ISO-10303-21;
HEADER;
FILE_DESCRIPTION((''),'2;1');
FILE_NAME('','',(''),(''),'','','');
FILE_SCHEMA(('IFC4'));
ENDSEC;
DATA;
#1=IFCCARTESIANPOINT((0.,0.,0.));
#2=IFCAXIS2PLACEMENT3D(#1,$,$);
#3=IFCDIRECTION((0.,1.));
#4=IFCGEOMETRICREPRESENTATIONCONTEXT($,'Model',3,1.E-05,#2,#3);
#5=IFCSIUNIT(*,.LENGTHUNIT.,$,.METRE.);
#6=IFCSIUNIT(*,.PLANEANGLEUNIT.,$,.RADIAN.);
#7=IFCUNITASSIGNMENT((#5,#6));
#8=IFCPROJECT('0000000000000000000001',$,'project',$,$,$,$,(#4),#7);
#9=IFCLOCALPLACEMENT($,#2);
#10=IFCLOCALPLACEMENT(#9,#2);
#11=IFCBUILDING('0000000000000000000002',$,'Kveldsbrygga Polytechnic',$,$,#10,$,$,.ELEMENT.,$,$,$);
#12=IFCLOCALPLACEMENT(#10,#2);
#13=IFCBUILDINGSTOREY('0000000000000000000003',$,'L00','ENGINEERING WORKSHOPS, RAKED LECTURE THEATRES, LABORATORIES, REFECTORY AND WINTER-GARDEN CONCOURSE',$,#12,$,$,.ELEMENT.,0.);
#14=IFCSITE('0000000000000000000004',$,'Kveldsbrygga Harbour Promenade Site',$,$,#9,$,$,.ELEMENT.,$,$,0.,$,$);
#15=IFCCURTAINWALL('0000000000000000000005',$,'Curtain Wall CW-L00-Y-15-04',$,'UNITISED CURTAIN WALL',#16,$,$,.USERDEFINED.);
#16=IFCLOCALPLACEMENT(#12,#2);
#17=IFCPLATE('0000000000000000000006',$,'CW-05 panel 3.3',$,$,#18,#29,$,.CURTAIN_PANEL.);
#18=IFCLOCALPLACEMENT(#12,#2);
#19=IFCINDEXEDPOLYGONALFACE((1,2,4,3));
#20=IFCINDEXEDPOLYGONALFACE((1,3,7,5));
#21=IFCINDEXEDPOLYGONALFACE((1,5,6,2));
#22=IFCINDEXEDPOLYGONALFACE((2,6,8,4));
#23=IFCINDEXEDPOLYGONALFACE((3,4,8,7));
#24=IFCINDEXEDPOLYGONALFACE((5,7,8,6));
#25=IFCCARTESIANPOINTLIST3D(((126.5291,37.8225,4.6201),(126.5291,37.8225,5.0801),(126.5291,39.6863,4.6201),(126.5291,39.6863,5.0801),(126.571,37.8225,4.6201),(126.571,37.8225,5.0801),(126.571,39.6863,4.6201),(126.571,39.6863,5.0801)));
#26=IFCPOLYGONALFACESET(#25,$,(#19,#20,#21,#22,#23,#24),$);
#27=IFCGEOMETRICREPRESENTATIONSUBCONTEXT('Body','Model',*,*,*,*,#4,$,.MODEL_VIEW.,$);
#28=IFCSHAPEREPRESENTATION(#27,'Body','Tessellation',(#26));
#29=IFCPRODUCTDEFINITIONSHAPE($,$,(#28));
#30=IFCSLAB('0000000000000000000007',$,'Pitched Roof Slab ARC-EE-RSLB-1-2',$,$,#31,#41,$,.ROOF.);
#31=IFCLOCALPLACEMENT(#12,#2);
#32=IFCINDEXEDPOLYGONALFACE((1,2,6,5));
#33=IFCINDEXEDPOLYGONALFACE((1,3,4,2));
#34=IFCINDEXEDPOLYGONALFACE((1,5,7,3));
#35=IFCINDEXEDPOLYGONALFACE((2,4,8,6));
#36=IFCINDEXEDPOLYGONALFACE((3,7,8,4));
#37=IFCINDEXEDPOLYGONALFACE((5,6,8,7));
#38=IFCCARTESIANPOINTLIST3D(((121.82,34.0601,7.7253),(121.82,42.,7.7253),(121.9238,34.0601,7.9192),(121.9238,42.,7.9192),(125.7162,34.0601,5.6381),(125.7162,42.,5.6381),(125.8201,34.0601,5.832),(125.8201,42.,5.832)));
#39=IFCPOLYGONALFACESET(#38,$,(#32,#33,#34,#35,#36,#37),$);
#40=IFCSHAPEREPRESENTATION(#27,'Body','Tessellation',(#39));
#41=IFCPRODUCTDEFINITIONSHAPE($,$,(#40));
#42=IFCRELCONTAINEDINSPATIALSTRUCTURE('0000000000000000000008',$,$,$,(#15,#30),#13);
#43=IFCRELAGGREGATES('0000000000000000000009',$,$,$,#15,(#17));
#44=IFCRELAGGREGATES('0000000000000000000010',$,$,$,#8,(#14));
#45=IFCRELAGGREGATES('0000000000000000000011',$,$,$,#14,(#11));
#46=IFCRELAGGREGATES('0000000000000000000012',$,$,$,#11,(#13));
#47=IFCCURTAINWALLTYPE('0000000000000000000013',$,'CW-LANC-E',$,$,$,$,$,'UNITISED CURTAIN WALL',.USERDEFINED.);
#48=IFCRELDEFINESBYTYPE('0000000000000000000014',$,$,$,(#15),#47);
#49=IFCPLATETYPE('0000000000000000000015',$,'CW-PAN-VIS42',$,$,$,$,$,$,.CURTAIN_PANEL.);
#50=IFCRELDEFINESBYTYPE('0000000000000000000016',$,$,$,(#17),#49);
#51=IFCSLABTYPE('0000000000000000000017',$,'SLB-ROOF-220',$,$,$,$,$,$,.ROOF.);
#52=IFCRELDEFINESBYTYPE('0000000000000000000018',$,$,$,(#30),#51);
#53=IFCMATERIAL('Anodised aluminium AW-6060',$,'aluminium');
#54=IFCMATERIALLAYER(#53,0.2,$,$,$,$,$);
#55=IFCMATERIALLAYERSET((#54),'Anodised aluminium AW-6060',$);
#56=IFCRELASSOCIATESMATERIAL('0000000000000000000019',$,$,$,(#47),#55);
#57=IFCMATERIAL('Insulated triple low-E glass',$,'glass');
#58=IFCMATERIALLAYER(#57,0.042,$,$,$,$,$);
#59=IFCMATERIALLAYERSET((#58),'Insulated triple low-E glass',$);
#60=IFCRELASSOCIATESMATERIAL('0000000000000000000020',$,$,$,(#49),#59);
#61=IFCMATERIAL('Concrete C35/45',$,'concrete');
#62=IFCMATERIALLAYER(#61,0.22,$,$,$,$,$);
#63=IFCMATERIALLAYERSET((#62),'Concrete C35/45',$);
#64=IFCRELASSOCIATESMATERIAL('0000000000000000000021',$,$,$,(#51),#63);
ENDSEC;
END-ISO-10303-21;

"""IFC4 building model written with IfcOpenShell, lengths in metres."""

from ifc_helpers import new_model, si_unit, direction, frame, origin, origin_2d, place, context, subcontext, project, spatial, polyline, rectangle, outline, extrude, material, layer, layer_set, type_object, element, aggregate, save


model = new_model("IFC4")

# Units and contexts
model_context = context("Model", 3, precision=1e-05, world=origin(), true_north=direction((0.0, 1.0)))
body_context = subcontext(model_context, "Body", "Model", "MODEL_VIEW")
ifc_project = project(units=[si_unit("LENGTHUNIT", "METRE"), si_unit("PLANEANGLEUNIT", "RADIAN")], contexts=[model_context])

# Site, building, storey
site_placement = place(None, origin())
site = spatial("IfcSite", under=ifc_project, at=site_placement, Name="Kveldsbrygga Harbour Promenade Site", CompositionType="ELEMENT", RefElevation=0.0)
building_placement = place(site_placement, origin())
building = spatial("IfcBuilding", under=site, at=building_placement, Name="Kveldsbrygga Polytechnic", CompositionType="ELEMENT")
storey_placement = place(building_placement, origin())
storey = spatial("IfcBuildingStorey", under=building, at=storey_placement, Name="L00", Description="ENGINEERING WORKSHOPS, RAKED LECTURE THEATRES, LABORATORIES, REFECTORY AND WINTER-GARDEN CONCOURSE", CompositionType="ELEMENT", Elevation=0.0)

# Curtain wall
ifc_material_1 = material(Name="Anodised aluminium AW-6060", Category="aluminium")
ifc_layer_1 = layer(ifc_material_1, 0.2)
ifc_layer_set_1 = layer_set([ifc_layer_1], Name="Anodised aluminium AW-6060")
curtain_wall_type = type_object("IfcCurtainWallType", Name="CW-LANC-E", ElementType="UNITISED CURTAIN WALL", PredefinedType="USERDEFINED", material=ifc_layer_set_1)
curtain_wall_placement = place(storey_placement, origin())
curtain_wall = element("IfcCurtainWall", 1, at=curtain_wall_placement, inside=storey, type_object=curtain_wall_type, Name="Curtain Wall CW-L00-Y-15-04", ObjectType="UNITISED CURTAIN WALL", PredefinedType="USERDEFINED")

# Shared definitions
ifc_material_2 = material(Name="Concrete C35/45", Category="concrete")

# Plate
ifc_material_3 = material(Name="Insulated triple low-E glass", Category="glass")
ifc_layer_2 = layer(ifc_material_3, 0.042)
ifc_layer_set_2 = layer_set([ifc_layer_2], Name="Insulated triple low-E glass")
plate_type = type_object("IfcPlateType", Name="CW-PAN-VIS42", PredefinedType="CURTAIN_PANEL", material=ifc_layer_set_2)
plate_1_placement = place(storey_placement, frame((126.55, 38.7544, 4.6201), z_axis=(0.0, 0.0, 1.0), x_axis=(0.0, 1.0, 0.0)))
plate_1 = element("IfcPlate", 2, at=plate_1_placement, type_object=plate_type, Name="CW-05 panel 3.3", PredefinedType="CURTAIN_PANEL", context=body_context, shape_type="SweptSolid", body=[
    extrude(rectangle(XDim=1.8638, YDim=0.042, at=origin_2d()), origin(), (0.0, 0.0, 1.0), 0.46),
])
aggregate(curtain_wall, [plate_1])

# Slab
ifc_layer_3 = layer(ifc_material_2, 0.22)
ifc_layer_set_3 = layer_set([ifc_layer_3], Name="Concrete C35/45")
slab_type = type_object("IfcSlabType", Name="SLB-ROOF-220", PredefinedType="ROOF", material=ifc_layer_set_3)
slab_placement = place(storey_placement, frame((121.9238, 34.0601, 7.9192), z_axis=(0.472201, 0.0, 0.881491), x_axis=(0.881491, 0.0, -0.472201)))
element("IfcSlab", 3, at=slab_placement, inside=storey, type_object=slab_type, Name="Pitched Roof Slab ARC-EE-RSLB-1-2", PredefinedType="ROOF", context=body_context, shape_type="SweptSolid", body=[
    extrude(outline(polyline([(0.0, 0.0), (4.4201, 0.0), (4.4201, 7.9399), (0.0, 7.9399), (0.0, 0.0)])), origin(), (0.0, 0.0, -1.0), 0.22),
])

save(model, "model.ifc")
